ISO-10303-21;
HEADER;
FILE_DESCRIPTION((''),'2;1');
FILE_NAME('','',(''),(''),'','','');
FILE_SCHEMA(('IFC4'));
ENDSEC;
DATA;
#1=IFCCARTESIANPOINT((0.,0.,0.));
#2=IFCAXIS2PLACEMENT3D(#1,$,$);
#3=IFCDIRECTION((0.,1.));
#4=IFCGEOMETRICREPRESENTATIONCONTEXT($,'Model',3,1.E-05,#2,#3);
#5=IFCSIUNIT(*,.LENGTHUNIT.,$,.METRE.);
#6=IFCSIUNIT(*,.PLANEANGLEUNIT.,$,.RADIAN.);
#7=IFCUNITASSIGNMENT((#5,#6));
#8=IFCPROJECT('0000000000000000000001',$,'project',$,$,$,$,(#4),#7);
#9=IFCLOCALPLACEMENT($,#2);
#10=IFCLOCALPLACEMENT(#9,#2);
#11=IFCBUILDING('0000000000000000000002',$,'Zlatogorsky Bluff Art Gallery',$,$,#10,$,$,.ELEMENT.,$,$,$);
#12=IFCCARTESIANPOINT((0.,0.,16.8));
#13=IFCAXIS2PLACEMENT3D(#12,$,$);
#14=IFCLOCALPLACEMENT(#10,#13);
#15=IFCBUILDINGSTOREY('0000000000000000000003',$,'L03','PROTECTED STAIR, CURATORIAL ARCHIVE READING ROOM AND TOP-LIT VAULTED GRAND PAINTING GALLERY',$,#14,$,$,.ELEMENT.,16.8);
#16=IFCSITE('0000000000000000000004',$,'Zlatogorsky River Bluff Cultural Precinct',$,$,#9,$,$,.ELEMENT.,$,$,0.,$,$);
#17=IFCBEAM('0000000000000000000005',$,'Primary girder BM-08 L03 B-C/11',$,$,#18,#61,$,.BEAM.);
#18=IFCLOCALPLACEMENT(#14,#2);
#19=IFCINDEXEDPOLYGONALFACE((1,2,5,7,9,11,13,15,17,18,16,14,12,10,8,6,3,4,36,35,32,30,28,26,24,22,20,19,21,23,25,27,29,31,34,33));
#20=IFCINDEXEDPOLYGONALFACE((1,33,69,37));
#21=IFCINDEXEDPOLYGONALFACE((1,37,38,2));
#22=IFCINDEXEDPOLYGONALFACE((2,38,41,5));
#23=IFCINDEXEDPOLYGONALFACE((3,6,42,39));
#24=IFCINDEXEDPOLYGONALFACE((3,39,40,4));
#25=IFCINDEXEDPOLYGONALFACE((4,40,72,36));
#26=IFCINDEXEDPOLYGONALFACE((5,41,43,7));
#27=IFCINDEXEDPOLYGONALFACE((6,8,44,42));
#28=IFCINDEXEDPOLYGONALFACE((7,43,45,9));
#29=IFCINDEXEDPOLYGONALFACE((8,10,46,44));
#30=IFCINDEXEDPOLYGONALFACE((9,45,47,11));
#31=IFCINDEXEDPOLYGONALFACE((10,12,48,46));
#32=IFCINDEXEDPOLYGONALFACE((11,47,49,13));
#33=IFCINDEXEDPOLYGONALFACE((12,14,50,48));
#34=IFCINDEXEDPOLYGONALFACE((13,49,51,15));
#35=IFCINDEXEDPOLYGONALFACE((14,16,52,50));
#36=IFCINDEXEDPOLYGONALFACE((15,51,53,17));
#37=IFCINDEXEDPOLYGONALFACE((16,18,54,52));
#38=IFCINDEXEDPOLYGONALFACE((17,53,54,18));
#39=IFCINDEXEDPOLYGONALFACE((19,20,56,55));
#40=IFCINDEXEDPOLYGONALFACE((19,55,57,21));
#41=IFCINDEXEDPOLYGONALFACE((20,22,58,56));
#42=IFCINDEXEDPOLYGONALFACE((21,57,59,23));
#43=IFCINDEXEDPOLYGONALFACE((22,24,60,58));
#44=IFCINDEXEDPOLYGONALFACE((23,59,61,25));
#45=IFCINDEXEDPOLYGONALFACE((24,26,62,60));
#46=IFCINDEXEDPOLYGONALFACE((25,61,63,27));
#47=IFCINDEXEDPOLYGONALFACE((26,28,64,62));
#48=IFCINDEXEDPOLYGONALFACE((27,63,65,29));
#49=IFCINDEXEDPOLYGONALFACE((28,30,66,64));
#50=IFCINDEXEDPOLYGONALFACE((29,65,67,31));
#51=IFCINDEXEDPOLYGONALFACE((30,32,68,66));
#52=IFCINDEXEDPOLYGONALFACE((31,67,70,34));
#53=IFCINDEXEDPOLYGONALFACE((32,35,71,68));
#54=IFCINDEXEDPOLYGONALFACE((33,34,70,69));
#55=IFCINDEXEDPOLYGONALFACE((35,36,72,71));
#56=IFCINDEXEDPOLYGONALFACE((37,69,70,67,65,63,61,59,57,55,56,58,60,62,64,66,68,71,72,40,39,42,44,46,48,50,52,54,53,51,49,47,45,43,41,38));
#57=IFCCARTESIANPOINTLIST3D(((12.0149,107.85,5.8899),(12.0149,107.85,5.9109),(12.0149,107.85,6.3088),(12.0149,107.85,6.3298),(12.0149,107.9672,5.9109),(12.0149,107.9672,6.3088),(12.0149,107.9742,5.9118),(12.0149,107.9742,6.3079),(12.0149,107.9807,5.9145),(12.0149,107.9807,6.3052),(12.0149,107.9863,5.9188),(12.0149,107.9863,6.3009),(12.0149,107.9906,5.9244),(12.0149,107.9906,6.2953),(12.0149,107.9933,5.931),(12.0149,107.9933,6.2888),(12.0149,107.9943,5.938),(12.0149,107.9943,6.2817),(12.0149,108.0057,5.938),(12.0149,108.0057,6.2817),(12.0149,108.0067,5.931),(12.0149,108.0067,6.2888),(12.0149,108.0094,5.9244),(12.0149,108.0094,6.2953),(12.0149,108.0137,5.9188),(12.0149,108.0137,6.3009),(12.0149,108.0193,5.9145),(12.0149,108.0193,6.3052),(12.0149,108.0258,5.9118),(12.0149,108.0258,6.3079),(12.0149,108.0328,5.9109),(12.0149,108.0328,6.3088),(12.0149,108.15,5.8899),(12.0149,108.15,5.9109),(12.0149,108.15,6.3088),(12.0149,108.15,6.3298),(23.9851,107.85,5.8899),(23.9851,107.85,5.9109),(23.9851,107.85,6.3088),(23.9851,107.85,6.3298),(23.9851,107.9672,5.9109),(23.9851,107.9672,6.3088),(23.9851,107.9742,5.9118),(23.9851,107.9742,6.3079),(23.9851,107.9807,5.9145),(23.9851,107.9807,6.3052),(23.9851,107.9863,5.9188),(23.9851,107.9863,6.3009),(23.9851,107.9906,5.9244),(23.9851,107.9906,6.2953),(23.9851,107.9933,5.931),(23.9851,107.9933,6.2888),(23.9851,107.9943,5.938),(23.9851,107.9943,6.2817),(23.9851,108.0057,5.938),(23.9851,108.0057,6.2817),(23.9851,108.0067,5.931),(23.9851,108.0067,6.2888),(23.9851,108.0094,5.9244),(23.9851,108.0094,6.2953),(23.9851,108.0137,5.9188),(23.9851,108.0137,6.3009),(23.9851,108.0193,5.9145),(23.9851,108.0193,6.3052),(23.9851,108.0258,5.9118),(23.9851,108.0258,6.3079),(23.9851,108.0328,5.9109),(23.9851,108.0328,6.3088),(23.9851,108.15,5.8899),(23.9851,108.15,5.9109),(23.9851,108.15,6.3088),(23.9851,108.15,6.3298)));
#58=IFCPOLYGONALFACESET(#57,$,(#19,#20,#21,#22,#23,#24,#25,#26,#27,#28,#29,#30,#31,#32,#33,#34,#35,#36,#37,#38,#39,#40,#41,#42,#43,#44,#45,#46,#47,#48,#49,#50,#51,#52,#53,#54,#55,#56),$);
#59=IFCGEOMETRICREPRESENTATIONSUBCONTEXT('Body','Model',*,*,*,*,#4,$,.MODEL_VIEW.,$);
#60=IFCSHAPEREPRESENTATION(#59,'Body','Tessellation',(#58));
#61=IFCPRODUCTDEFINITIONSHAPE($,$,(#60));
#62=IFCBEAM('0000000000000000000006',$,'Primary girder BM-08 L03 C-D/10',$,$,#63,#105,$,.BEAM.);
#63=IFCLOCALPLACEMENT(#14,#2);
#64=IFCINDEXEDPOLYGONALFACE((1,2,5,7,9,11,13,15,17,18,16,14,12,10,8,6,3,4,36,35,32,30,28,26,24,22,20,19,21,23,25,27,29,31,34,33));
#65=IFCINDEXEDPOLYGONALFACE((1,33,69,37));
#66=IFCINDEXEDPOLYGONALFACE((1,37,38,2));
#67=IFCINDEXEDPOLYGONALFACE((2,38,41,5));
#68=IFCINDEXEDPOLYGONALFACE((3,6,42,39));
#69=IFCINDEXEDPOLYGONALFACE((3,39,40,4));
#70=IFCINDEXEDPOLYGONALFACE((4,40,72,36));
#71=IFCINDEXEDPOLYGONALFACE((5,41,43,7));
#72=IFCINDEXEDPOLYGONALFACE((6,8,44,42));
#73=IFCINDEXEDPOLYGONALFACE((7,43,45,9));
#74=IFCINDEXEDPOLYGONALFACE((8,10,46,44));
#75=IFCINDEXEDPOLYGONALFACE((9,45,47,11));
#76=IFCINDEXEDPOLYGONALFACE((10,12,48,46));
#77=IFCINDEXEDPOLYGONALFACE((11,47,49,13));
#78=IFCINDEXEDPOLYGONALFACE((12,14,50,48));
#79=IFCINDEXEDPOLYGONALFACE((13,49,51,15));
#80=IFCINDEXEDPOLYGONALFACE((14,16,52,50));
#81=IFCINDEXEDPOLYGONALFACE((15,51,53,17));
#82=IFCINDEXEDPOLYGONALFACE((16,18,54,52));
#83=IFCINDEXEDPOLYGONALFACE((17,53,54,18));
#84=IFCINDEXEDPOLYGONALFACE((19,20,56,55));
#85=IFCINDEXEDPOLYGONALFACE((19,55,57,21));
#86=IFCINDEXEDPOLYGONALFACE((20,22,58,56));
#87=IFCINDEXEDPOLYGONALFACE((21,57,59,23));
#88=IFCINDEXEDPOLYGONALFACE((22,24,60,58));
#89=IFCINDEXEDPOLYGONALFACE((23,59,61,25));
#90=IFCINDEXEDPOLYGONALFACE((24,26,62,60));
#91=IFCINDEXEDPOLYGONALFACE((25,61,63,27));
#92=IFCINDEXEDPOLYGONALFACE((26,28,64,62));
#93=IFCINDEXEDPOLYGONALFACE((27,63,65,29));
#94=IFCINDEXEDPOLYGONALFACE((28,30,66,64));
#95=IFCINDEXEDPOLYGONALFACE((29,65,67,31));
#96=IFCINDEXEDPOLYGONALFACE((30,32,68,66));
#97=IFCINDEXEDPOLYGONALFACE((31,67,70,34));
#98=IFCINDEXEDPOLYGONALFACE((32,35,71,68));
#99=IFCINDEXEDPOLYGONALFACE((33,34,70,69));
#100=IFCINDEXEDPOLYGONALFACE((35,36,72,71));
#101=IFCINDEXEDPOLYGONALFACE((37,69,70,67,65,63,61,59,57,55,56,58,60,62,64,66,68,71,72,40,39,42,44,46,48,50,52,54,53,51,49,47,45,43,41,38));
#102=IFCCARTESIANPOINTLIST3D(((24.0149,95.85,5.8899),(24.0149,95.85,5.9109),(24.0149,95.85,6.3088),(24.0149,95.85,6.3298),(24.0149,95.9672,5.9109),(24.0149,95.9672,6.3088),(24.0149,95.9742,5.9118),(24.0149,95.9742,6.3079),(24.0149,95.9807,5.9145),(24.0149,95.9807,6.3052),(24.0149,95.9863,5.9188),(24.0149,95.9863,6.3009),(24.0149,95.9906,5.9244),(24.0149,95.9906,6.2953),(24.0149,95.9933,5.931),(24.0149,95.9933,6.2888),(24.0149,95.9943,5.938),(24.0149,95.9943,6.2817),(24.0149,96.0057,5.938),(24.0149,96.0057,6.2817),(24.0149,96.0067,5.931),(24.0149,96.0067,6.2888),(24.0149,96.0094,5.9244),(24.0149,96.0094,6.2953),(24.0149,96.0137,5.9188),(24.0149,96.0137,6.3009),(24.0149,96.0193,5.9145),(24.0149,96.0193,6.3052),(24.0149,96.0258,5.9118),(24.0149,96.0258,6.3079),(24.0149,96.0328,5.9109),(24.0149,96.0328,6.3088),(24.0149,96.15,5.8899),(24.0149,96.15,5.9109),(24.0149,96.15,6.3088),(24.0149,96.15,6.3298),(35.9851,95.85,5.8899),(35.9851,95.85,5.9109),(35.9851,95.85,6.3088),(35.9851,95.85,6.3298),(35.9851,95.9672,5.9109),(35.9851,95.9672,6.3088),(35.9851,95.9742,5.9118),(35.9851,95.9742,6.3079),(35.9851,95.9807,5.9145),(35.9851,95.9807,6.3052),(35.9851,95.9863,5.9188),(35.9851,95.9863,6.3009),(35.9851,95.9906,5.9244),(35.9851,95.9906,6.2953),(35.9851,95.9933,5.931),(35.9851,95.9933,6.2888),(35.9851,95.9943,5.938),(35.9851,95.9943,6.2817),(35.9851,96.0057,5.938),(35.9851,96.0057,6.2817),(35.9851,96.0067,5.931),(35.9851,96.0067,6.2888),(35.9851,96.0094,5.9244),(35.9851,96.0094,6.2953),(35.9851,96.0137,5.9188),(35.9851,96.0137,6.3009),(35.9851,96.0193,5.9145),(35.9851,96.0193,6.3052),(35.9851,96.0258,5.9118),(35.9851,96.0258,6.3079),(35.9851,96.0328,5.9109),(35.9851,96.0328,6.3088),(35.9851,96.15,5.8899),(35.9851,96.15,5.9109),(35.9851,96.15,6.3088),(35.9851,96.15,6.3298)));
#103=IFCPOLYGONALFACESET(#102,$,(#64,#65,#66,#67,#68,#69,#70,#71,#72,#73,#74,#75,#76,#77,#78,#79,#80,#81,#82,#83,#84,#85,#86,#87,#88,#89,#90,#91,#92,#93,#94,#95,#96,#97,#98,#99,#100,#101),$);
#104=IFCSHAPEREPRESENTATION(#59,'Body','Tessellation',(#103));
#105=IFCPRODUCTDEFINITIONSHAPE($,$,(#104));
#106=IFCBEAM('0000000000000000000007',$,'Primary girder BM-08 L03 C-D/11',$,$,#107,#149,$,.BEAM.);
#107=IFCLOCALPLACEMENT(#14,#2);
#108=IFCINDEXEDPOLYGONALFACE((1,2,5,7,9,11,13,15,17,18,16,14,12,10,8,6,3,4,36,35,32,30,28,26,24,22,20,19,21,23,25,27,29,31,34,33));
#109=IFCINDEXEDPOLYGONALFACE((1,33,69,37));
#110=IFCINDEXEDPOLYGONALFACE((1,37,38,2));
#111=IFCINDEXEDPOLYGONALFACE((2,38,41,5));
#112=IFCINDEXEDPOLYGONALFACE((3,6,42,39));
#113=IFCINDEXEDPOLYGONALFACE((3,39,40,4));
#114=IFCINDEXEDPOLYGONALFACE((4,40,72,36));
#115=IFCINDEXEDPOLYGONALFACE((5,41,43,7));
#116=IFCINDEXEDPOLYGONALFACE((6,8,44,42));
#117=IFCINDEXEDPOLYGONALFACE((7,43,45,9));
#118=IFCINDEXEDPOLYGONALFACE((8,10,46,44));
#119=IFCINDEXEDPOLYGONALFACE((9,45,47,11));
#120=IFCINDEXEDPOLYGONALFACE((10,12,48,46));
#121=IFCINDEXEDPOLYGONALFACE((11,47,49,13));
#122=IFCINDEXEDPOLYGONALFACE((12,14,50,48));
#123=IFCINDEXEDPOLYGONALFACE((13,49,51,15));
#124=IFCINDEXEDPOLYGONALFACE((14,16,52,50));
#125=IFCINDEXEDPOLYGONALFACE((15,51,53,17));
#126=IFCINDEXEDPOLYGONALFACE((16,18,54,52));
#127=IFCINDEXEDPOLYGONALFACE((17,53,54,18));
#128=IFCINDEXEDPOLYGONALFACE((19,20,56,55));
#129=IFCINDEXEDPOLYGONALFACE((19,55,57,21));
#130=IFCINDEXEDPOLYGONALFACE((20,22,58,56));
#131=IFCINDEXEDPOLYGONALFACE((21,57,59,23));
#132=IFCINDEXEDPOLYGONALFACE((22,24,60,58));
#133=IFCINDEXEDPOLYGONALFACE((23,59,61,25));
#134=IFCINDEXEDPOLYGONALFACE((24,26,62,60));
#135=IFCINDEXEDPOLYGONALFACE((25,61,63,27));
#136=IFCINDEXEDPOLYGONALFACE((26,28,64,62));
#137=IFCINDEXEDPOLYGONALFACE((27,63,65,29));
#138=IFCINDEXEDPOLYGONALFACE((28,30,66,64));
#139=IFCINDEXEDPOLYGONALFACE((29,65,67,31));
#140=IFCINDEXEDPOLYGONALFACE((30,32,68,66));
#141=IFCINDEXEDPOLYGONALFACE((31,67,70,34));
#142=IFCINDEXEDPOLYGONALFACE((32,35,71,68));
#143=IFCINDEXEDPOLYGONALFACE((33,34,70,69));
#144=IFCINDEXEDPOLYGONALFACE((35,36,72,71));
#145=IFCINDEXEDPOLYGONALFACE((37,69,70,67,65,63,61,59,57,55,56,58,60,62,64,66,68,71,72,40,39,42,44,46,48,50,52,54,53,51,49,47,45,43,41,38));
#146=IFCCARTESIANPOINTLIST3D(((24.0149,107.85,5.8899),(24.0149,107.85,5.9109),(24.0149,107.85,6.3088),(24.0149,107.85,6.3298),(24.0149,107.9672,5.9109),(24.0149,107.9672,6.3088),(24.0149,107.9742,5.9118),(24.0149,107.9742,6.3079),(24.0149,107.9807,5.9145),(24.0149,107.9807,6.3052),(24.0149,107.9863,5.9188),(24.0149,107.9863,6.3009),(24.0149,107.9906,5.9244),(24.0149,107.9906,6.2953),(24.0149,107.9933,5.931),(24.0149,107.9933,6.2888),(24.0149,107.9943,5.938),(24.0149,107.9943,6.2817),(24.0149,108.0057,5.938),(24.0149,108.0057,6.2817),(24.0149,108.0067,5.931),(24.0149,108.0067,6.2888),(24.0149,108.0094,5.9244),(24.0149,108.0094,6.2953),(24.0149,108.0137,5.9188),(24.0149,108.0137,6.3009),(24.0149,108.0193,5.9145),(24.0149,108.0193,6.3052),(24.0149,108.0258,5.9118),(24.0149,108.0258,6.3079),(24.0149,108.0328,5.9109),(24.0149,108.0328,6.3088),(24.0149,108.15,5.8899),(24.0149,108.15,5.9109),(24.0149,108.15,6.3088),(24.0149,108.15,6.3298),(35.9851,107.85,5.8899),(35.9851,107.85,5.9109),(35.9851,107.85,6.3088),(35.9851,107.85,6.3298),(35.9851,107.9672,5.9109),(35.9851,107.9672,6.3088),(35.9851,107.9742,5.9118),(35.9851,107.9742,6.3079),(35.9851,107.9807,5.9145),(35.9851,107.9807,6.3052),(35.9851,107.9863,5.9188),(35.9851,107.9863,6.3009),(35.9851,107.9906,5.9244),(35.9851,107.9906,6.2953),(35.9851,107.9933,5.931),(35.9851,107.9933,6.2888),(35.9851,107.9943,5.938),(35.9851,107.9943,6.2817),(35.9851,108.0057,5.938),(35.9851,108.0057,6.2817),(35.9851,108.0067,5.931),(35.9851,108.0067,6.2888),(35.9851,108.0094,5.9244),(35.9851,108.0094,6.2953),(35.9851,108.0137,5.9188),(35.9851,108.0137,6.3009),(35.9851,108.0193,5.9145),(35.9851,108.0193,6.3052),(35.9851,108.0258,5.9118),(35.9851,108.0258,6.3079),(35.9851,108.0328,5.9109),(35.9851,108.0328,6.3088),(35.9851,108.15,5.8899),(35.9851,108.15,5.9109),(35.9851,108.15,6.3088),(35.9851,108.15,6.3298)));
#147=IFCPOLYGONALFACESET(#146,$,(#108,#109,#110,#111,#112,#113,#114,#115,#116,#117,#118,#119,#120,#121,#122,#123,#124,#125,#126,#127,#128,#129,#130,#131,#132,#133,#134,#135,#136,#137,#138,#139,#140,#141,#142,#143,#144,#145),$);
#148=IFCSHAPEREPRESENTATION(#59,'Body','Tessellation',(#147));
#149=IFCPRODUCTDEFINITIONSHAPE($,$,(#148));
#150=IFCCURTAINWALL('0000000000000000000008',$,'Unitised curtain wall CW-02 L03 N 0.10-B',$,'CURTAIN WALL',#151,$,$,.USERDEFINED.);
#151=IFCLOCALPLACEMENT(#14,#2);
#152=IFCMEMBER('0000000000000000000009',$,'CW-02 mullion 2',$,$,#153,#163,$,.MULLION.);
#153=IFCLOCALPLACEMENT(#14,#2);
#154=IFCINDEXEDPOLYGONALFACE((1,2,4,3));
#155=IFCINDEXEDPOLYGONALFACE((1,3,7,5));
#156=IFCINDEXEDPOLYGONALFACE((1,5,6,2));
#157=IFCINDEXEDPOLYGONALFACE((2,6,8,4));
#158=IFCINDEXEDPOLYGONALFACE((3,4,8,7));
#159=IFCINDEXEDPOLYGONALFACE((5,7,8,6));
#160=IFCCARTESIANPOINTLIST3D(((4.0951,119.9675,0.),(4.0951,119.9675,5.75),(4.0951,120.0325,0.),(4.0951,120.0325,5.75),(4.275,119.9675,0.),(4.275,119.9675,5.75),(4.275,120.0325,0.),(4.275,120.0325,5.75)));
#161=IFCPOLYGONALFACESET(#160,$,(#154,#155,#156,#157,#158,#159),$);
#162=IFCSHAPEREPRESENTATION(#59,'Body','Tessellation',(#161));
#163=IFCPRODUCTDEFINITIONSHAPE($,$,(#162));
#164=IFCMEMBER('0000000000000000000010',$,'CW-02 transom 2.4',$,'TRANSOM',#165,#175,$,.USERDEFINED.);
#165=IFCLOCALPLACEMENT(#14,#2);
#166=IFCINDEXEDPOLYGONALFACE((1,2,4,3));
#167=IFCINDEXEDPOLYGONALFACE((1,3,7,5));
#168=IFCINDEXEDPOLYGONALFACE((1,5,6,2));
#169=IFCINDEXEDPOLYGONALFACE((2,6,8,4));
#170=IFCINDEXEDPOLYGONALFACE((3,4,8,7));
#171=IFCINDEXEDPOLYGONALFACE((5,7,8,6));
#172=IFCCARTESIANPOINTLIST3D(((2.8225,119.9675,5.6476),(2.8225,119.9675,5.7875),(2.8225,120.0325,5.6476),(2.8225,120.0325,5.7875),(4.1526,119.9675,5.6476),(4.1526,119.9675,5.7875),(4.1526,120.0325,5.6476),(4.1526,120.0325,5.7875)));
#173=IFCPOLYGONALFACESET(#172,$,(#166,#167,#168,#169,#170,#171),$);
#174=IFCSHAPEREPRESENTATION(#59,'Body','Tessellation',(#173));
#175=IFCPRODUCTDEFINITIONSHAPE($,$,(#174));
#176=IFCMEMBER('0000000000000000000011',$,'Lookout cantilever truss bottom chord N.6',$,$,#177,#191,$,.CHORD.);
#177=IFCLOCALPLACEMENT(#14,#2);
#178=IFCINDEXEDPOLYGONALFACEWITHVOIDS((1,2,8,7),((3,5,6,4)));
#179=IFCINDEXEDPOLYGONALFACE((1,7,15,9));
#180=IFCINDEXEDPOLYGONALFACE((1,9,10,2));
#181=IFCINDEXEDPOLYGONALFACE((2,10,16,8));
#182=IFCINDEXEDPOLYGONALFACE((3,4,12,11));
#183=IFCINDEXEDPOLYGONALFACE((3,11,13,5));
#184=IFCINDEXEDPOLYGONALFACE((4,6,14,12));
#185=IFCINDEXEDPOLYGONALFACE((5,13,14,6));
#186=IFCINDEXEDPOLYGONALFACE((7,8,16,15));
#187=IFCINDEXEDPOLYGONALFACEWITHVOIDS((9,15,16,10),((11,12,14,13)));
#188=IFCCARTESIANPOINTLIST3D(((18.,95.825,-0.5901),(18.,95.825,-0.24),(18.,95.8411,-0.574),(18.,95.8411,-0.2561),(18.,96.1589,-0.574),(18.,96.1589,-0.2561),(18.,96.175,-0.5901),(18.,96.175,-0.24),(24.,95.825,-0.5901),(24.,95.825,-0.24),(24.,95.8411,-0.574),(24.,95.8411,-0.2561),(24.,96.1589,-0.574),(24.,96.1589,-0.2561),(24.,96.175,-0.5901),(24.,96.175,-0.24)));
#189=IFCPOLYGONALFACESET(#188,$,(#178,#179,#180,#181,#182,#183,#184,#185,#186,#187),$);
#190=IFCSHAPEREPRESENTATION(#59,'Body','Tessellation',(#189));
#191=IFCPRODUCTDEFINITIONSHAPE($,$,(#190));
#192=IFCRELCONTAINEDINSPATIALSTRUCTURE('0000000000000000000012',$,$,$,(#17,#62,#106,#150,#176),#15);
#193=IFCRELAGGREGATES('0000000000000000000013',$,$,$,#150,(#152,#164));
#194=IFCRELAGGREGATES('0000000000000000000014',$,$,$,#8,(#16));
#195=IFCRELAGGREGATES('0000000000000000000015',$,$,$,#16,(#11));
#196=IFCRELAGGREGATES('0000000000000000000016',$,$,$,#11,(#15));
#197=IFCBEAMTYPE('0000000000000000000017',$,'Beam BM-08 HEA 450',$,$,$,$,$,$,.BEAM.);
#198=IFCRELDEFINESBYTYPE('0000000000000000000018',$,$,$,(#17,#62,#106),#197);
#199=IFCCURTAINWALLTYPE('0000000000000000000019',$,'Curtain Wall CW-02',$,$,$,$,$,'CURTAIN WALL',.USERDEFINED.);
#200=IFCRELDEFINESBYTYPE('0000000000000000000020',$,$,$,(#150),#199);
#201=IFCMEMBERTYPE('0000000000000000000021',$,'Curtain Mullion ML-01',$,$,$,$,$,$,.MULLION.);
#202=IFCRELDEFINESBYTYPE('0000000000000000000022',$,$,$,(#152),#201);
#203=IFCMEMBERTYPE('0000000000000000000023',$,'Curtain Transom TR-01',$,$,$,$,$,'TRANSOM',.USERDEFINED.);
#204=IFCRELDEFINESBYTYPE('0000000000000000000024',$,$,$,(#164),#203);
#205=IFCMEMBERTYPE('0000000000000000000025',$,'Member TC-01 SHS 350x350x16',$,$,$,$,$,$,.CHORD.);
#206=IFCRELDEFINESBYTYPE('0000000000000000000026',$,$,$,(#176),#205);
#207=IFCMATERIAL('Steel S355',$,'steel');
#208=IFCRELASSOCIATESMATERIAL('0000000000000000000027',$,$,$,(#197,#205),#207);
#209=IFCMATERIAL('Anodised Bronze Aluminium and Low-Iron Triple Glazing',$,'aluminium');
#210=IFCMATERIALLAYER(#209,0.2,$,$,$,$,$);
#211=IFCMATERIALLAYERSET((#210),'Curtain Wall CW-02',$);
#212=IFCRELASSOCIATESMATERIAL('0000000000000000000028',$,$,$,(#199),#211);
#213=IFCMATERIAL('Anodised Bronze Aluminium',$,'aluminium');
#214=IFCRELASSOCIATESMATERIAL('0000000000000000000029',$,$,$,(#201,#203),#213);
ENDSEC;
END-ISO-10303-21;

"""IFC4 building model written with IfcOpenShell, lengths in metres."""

from ifc_helpers import new_model, si_unit, direction, frame, origin, origin_2d, place, context, subcontext, project, spatial, rectangle, hollow_rectangle, i_section, extrude, material, layer, layer_set, material_profile, profile_set, type_object, element, aggregate, save


model = new_model("IFC4")

# Units and contexts
model_context = context("Model", 3, precision=1e-05, world=origin(), true_north=direction((0.0, 1.0)))
body_context = subcontext(model_context, "Body", "Model", "MODEL_VIEW")
ifc_project = project(units=[si_unit("LENGTHUNIT", "METRE"), si_unit("PLANEANGLEUNIT", "RADIAN")], contexts=[model_context])

# Site, building, storey
site_placement = place(None, origin())
site = spatial("IfcSite", under=ifc_project, at=site_placement, Name="Zlatogorsky River Bluff Cultural Precinct", CompositionType="ELEMENT", RefElevation=0.0)
building_placement = place(site_placement, origin())
building = spatial("IfcBuilding", under=site, at=building_placement, Name="Zlatogorsky Bluff Art Gallery", CompositionType="ELEMENT")
storey_placement = place(building_placement, frame((0.0, 0.0, 16.8)))
storey = spatial("IfcBuildingStorey", under=building, at=storey_placement, Name="L03", Description="PROTECTED STAIR, CURATORIAL ARCHIVE READING ROOM AND TOP-LIT VAULTED GRAND PAINTING GALLERY", CompositionType="ELEMENT", Elevation=16.8)

# Shared definitions
ifc_material_1 = material(Name="Steel S355", Category="steel")

# Beams
ifc_material_profile_1 = material_profile(ifc_material_1, i_section(OverallWidth=0.3, OverallDepth=0.4399, WebThickness=0.0115, FlangeThickness=0.021, FilletRadius=0.0271, at=origin_2d()), Name="HEA 450")
ifc_profile_set_1 = profile_set([ifc_material_profile_1], Name="Steel S355")
beam_type_1 = type_object("IfcBeamType", Name="Beam BM-08 HEA 450", PredefinedType="BEAM", material=ifc_profile_set_1)
for number, where, z_axis, x_axis, name in (
    (1, (12.0149, 108.0, 6.1099), (1.0, 0.0, 0.0), (0.0, 1.0, 0.0), "Primary girder BM-08 L03 B-C/11"),
    (2, (24.0149, 96.0, 6.1099), (1.0, 0.0, 0.0), (0.0, 1.0, 0.0), "Primary girder BM-08 L03 C-D/10"),
    (3, (24.0149, 108.0, 6.1099), (1.0, 0.0, 0.0), (0.0, 1.0, 0.0), "Primary girder BM-08 L03 C-D/11"),
):
    element("IfcBeam", number, at=place(storey_placement, frame(where, z_axis=z_axis, x_axis=x_axis)), inside=storey, type_object=beam_type_1, Name=name, PredefinedType="BEAM", context=body_context, shape_type="SweptSolid", body=[
        extrude(i_section(OverallWidth=0.3, OverallDepth=0.4399, WebThickness=0.0115, FlangeThickness=0.021, FilletRadius=0.0271, at=origin_2d()), origin(), (0.0, 0.0, 1.0), 11.9702),
    ])

# Curtain wall, members
ifc_material_2 = material(Name="Anodised Bronze Aluminium and Low-Iron Triple Glazing", Category="aluminium")
ifc_layer_1 = layer(ifc_material_2, 0.2)
ifc_layer_set_1 = layer_set([ifc_layer_1], Name="Curtain Wall CW-02")
curtain_wall_type = type_object("IfcCurtainWallType", Name="Curtain Wall CW-02", ElementType="CURTAIN WALL", PredefinedType="USERDEFINED", material=ifc_layer_set_1)
curtain_wall_placement = place(storey_placement, origin())
curtain_wall = element("IfcCurtainWall", 4, at=curtain_wall_placement, inside=storey, type_object=curtain_wall_type, Name="Unitised curtain wall CW-02 L03 N 0.10-B", ObjectType="CURTAIN WALL", PredefinedType="USERDEFINED")
ifc_material_3 = material(Name="Anodised Bronze Aluminium", Category="aluminium")
ifc_material_profile_2 = material_profile(ifc_material_3, rectangle(XDim=0.0649, YDim=0.1799, at=origin_2d()), Name="ALU MULLION 65x180")
ifc_profile_set_2 = profile_set([ifc_material_profile_2], Name="Anodised Bronze Aluminium")
member_type_1 = type_object("IfcMemberType", Name="Curtain Mullion ML-01", PredefinedType="MULLION", material=ifc_profile_set_2)
member_1_placement = place(storey_placement, frame((4.1851, 120.0, 0.0), z_axis=(0.0, 0.0, 1.0), x_axis=(0.0, -1.0, 0.0)))
member_1 = element("IfcMember", 5, at=member_1_placement, type_object=member_type_1, Name="CW-02 mullion 2", PredefinedType="MULLION", context=body_context, shape_type="SweptSolid", body=[
    extrude(rectangle(XDim=0.0649, YDim=0.1799, at=origin_2d()), origin(), (0.0, 0.0, 1.0), 5.75),
])
ifc_material_profile_3 = material_profile(ifc_material_3, rectangle(XDim=0.0649, YDim=0.1399, at=origin_2d()), Name="ALU TRANSOM 65x140")
ifc_profile_set_3 = profile_set([ifc_material_profile_3], Name="Anodised Bronze Aluminium")
member_type_2 = type_object("IfcMemberType", Name="Curtain Transom TR-01", ElementType="TRANSOM", PredefinedType="USERDEFINED", material=ifc_profile_set_3)
member_2_placement = place(storey_placement, frame((4.1526, 120.0, 5.7175), z_axis=(-1.0, 0.0, 0.0), x_axis=(0.0, -1.0, 0.0)))
member_2 = element("IfcMember", 6, at=member_2_placement, type_object=member_type_2, Name="CW-02 transom 2.4", ObjectType="TRANSOM", PredefinedType="USERDEFINED", context=body_context, shape_type="SweptSolid", body=[
    extrude(rectangle(XDim=0.0649, YDim=0.1399, at=origin_2d()), origin(), (0.0, 0.0, 1.0), 1.3301),
])

# Member
ifc_material_profile_4 = material_profile(ifc_material_1, hollow_rectangle(XDim=0.3501, YDim=0.3501, WallThickness=0.0161, at=origin_2d()), Name="SHS 350x350x16")
ifc_profile_set_4 = profile_set([ifc_material_profile_4], Name="Steel S355")
member_type_3 = type_object("IfcMemberType", Name="Member TC-01 SHS 350x350x16", PredefinedType="CHORD", material=ifc_profile_set_4)
for number, where, z_axis, x_axis, name in (
    (7, (18.0, 96.0, -0.415), (1.0, 0.0, 0.0), (0.0, 1.0, 0.0), "Lookout cantilever truss bottom chord N.6"),
):
    element("IfcMember", number, at=place(storey_placement, frame(where, z_axis=z_axis, x_axis=x_axis)), inside=storey, type_object=member_type_3, Name=name, PredefinedType="CHORD", context=body_context, shape_type="SweptSolid", body=[
        extrude(hollow_rectangle(XDim=0.3501, YDim=0.3501, WallThickness=0.0161, at=origin_2d()), origin(), (0.0, 0.0, 1.0), 6.0),
    ])

aggregate(curtain_wall, [member_1, member_2])

save(model, "model.ifc")
